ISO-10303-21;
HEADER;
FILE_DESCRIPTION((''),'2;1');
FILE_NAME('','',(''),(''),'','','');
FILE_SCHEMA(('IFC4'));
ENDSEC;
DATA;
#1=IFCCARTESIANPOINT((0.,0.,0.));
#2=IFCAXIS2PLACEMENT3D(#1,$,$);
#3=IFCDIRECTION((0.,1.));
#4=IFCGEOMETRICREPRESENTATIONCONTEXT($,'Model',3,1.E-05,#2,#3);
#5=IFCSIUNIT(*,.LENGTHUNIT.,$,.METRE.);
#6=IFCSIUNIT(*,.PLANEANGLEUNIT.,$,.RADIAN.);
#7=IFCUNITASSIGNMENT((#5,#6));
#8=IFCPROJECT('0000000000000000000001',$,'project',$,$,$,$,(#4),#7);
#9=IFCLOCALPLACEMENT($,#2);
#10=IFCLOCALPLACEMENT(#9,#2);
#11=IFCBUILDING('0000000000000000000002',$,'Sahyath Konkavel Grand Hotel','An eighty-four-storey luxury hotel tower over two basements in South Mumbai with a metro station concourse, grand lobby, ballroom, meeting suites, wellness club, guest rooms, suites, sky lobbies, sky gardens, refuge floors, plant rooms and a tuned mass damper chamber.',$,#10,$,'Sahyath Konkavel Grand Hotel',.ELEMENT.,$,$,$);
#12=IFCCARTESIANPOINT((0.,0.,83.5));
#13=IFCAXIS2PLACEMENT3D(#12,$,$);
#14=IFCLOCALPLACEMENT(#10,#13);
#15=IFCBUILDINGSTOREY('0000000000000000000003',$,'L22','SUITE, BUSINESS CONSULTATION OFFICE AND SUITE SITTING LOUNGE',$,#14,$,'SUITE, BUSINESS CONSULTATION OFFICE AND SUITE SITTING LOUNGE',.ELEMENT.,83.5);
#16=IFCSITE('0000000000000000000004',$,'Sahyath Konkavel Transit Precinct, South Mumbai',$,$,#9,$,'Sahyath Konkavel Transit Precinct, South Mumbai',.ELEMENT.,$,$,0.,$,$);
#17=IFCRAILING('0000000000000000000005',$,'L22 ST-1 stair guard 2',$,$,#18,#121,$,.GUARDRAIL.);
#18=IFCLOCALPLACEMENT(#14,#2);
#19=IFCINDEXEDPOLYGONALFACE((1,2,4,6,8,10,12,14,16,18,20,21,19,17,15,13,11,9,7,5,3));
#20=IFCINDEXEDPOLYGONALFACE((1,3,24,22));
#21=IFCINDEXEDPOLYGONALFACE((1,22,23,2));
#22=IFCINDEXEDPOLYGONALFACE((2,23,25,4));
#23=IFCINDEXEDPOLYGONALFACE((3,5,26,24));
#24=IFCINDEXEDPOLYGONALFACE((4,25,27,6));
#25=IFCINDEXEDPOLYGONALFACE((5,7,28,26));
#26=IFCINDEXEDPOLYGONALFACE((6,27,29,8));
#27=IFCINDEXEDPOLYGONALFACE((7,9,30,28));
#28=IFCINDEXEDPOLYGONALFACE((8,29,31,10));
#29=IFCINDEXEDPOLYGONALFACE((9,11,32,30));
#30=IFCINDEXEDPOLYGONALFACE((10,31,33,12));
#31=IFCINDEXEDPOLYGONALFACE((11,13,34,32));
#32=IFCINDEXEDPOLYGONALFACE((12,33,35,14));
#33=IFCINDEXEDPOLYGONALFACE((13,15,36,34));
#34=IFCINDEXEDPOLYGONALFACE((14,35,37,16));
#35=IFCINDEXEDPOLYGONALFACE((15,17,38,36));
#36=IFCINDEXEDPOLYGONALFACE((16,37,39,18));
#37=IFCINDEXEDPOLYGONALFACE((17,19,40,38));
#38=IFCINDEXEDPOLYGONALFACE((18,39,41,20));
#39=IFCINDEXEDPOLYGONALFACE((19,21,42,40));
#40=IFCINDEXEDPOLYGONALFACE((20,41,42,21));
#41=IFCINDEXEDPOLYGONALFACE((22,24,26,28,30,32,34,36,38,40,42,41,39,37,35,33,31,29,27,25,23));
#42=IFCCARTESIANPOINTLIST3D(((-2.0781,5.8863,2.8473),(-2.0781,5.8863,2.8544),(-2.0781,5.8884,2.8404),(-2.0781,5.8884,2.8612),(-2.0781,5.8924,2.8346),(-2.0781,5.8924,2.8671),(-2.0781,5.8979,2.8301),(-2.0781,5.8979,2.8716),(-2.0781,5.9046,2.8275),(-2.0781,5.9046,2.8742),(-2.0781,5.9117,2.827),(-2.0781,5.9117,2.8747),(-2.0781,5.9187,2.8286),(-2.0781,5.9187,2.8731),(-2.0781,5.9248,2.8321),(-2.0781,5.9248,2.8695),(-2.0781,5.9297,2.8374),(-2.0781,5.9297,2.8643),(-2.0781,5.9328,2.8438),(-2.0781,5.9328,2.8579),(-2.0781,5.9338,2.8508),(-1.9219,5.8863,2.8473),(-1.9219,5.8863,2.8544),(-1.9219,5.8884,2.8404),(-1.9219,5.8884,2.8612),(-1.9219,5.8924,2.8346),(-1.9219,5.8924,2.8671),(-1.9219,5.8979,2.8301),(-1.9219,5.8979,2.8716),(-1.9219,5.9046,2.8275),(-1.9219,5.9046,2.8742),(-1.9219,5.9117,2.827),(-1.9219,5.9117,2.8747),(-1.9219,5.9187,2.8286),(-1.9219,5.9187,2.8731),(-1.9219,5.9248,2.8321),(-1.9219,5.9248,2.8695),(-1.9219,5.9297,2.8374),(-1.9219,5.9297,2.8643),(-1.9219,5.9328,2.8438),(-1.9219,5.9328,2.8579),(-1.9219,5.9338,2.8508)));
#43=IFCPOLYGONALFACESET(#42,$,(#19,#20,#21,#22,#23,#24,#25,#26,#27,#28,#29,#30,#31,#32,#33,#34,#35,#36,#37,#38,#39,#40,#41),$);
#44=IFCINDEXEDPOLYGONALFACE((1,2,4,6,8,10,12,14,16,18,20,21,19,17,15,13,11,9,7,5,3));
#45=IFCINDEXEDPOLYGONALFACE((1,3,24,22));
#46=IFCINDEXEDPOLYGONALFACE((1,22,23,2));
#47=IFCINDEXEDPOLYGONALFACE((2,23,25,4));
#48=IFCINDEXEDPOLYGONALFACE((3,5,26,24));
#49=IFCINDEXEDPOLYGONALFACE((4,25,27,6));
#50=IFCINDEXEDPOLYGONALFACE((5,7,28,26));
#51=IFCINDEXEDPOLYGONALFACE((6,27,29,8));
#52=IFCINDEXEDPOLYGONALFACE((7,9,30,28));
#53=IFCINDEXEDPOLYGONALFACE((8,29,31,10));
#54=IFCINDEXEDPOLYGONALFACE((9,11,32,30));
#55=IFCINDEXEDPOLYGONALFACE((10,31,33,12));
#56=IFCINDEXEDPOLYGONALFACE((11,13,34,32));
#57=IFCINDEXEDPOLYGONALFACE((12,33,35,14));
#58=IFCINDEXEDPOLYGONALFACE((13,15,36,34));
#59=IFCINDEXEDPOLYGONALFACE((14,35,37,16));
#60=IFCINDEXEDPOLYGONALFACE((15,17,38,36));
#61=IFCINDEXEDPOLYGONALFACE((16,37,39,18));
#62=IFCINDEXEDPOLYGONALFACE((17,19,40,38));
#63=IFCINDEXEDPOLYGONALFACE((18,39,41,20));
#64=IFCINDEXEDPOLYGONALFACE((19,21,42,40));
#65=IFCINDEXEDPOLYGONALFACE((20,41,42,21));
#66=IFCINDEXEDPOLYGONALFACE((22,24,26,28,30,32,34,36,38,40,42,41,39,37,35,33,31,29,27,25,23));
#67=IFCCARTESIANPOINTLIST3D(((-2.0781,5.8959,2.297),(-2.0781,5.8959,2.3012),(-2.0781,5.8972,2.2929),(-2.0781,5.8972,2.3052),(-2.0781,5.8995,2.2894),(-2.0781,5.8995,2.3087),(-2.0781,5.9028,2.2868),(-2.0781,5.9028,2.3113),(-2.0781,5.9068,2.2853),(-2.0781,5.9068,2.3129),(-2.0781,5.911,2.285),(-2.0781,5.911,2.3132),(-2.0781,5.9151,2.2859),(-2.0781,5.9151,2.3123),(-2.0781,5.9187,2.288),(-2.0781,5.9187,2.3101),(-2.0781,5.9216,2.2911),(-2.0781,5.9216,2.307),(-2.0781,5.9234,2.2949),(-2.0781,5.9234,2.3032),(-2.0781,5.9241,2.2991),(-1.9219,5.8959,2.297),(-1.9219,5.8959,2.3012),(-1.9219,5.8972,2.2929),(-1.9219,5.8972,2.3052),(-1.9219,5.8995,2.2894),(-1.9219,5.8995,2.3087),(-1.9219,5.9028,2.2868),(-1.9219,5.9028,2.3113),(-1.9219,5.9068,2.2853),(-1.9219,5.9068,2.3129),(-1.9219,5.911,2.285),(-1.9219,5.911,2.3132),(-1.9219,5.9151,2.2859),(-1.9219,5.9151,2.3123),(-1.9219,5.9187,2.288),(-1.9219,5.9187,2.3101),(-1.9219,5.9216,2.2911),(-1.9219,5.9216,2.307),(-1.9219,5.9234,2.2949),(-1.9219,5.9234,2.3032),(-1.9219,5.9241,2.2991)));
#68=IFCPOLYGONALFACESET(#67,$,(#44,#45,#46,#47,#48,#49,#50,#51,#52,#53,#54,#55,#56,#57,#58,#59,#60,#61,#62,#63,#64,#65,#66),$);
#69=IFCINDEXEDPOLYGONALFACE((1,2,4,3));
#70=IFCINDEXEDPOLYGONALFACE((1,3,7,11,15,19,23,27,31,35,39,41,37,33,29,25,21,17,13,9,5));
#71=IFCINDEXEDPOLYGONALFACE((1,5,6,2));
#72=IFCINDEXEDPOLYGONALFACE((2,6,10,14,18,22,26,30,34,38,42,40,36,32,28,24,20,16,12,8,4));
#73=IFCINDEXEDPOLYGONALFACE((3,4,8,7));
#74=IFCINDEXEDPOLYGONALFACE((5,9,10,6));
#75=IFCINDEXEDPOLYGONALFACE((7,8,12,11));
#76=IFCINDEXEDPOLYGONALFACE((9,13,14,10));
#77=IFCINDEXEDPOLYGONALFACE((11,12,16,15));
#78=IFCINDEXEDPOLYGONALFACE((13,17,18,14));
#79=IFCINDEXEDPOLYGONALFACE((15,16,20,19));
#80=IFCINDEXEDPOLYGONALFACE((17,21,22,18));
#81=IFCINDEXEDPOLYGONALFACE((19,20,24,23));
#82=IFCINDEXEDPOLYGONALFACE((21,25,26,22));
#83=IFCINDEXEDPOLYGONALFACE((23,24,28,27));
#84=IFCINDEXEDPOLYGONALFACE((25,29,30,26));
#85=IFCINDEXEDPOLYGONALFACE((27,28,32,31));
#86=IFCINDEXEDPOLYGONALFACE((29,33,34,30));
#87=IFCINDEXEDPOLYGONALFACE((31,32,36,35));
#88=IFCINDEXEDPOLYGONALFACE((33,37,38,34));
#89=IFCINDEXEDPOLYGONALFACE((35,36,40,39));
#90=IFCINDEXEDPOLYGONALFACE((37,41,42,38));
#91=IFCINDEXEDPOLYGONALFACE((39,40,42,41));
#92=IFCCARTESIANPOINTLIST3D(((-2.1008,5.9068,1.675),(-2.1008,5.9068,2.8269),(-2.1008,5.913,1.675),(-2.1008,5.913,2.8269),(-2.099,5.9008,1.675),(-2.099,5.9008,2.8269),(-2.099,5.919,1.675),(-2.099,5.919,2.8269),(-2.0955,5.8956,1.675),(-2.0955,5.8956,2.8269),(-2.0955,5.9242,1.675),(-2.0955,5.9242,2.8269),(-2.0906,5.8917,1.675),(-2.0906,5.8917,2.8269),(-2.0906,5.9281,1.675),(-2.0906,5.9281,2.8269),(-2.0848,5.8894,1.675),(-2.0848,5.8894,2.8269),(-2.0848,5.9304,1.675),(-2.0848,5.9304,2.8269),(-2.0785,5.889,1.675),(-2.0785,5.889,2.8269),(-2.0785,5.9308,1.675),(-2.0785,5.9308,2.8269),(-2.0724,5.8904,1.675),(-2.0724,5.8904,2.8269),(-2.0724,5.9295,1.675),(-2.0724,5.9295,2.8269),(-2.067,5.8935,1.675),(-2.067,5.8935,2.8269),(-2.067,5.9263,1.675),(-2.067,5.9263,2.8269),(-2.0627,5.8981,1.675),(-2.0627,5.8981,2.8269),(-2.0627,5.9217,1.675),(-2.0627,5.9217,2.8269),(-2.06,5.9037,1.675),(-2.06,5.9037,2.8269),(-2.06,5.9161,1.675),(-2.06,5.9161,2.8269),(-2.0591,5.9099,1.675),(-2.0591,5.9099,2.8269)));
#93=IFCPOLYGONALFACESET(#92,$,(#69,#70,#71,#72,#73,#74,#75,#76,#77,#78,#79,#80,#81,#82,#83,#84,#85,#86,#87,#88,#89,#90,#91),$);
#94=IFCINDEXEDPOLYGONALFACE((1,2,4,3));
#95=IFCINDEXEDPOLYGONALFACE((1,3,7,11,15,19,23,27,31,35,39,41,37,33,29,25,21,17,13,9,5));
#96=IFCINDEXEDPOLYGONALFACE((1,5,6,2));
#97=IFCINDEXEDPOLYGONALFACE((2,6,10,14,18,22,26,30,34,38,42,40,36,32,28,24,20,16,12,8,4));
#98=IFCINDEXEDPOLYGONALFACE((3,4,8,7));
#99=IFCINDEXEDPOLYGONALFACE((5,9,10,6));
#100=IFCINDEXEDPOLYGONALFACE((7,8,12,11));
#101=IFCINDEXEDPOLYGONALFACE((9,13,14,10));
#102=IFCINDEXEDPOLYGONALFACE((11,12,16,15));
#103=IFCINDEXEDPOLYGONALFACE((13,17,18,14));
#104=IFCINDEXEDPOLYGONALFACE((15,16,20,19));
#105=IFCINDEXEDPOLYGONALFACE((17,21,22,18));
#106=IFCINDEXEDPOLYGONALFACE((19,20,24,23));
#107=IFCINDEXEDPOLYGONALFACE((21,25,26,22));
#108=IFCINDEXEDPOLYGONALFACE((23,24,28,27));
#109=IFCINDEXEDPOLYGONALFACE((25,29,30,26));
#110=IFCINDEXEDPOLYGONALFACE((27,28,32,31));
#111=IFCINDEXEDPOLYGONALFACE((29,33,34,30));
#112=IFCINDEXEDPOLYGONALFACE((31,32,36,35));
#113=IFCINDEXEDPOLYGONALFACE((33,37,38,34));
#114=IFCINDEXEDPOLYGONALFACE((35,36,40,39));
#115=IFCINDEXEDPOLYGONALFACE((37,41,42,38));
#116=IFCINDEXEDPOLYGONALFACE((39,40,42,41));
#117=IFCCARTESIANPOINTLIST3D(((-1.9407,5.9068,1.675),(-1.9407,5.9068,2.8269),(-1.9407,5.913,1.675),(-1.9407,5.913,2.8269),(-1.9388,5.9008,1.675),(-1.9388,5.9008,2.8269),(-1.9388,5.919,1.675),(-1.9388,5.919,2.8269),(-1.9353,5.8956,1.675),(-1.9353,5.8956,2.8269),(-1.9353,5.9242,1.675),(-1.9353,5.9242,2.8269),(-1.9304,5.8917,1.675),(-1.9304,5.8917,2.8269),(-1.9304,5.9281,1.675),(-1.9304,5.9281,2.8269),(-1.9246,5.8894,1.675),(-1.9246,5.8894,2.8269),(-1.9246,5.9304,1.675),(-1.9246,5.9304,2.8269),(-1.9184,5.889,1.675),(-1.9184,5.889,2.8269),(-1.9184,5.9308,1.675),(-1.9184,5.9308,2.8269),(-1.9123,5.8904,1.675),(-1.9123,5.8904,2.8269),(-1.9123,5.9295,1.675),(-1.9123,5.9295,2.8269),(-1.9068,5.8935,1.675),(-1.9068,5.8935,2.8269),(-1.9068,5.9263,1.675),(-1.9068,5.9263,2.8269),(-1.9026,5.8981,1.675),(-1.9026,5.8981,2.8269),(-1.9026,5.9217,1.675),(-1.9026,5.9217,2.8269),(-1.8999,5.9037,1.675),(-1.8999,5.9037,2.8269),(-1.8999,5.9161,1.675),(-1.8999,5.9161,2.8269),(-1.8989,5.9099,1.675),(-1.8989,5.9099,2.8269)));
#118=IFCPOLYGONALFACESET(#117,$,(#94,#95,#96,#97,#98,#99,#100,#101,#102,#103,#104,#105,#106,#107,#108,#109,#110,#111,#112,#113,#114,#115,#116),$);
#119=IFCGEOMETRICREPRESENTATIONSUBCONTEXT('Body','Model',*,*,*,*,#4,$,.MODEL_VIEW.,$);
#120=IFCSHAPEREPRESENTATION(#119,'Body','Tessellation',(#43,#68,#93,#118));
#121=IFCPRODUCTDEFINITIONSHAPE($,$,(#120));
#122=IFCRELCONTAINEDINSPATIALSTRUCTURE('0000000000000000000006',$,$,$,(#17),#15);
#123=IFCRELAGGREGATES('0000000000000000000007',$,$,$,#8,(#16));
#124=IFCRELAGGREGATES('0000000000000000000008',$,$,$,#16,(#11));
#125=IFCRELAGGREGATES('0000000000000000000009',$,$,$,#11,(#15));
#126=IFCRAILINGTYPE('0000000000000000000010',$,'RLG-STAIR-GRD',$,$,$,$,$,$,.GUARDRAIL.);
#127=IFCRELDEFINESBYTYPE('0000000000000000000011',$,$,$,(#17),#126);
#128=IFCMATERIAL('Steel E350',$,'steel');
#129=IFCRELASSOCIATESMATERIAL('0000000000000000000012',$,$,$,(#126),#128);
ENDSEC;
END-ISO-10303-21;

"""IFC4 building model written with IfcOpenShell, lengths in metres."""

from ifc_helpers import new_model, si_unit, direction, frame, origin, origin_2d, place, context, subcontext, project, spatial, circle, extrude, material, type_object, element, save


model = new_model("IFC4")

# Units and contexts
model_context = context("Model", 3, precision=1e-05, world=origin(), true_north=direction((0.0, 1.0)))
body_context = subcontext(model_context, "Body", "Model", "MODEL_VIEW")
ifc_project = project(units=[si_unit("LENGTHUNIT", "METRE"), si_unit("PLANEANGLEUNIT", "RADIAN")], contexts=[model_context])

# Site, building, storey
site_placement = place(None, origin())
site = spatial("IfcSite", under=ifc_project, at=site_placement, Name="Sahyath Konkavel Transit Precinct, South Mumbai", LongName="Sahyath Konkavel Transit Precinct, South Mumbai", CompositionType="ELEMENT", RefElevation=0.0)
building_placement = place(site_placement, origin())
building = spatial("IfcBuilding", under=site, at=building_placement, Name="Sahyath Konkavel Grand Hotel", Description="An eighty-four-storey luxury hotel tower over two basements in South Mumbai with a metro station concourse, grand lobby, ballroom, meeting suites, wellness club, guest rooms, suites, sky lobbies, sky gardens, refuge floors, plant rooms and a tuned mass damper chamber.", LongName="Sahyath Konkavel Grand Hotel", CompositionType="ELEMENT")
storey_placement = place(building_placement, frame((0.0, 0.0, 83.5)))
storey = spatial("IfcBuildingStorey", under=building, at=storey_placement, Name="L22", Description="SUITE, BUSINESS CONSULTATION OFFICE AND SUITE SITTING LOUNGE", LongName="SUITE, BUSINESS CONSULTATION OFFICE AND SUITE SITTING LOUNGE", CompositionType="ELEMENT", Elevation=83.5)

# Shared definitions
ifc_material_1 = material(Name="Steel E350", Category="steel")

# Railing
railing_type_1 = type_object("IfcRailingType", Name="RLG-STAIR-GRD", PredefinedType="GUARDRAIL", material=ifc_material_1)
railing_1_placement = place(storey_placement, frame((-2.0801, 5.9099, 1.675)))
element("IfcRailing", 1, at=railing_1_placement, inside=storey, type_object=railing_type_1, Name="L22 ST-1 stair guard 2", PredefinedType="GUARDRAIL", context=body_context, shape_type="SweptSolid", body=[
    extrude(circle(Radius=0.0239, at=origin_2d()), frame((0.002, 0.0, 1.1758), z_axis=(1.0, 0.0, 0.0), x_axis=(0.0, 1.0, 0.0)), (0.0, 0.0, 1.0), 0.1562),
    extrude(circle(Radius=0.0142, at=origin_2d()), frame((0.002, 0.0, 0.624), z_axis=(1.0, 0.0, 0.0), x_axis=(0.0, 1.0, 0.0)), (0.0, 0.0, 1.0), 0.1562),
    extrude(circle(Radius=0.021, at=origin_2d()), origin(), (0.0, 0.0, 1.0), 1.1519),
    extrude(circle(Radius=0.021, at=origin_2d()), frame((0.1602, 0.0, 0.0)), (0.0, 0.0, 1.0), 1.1519),
])

save(model, "model.ifc")
